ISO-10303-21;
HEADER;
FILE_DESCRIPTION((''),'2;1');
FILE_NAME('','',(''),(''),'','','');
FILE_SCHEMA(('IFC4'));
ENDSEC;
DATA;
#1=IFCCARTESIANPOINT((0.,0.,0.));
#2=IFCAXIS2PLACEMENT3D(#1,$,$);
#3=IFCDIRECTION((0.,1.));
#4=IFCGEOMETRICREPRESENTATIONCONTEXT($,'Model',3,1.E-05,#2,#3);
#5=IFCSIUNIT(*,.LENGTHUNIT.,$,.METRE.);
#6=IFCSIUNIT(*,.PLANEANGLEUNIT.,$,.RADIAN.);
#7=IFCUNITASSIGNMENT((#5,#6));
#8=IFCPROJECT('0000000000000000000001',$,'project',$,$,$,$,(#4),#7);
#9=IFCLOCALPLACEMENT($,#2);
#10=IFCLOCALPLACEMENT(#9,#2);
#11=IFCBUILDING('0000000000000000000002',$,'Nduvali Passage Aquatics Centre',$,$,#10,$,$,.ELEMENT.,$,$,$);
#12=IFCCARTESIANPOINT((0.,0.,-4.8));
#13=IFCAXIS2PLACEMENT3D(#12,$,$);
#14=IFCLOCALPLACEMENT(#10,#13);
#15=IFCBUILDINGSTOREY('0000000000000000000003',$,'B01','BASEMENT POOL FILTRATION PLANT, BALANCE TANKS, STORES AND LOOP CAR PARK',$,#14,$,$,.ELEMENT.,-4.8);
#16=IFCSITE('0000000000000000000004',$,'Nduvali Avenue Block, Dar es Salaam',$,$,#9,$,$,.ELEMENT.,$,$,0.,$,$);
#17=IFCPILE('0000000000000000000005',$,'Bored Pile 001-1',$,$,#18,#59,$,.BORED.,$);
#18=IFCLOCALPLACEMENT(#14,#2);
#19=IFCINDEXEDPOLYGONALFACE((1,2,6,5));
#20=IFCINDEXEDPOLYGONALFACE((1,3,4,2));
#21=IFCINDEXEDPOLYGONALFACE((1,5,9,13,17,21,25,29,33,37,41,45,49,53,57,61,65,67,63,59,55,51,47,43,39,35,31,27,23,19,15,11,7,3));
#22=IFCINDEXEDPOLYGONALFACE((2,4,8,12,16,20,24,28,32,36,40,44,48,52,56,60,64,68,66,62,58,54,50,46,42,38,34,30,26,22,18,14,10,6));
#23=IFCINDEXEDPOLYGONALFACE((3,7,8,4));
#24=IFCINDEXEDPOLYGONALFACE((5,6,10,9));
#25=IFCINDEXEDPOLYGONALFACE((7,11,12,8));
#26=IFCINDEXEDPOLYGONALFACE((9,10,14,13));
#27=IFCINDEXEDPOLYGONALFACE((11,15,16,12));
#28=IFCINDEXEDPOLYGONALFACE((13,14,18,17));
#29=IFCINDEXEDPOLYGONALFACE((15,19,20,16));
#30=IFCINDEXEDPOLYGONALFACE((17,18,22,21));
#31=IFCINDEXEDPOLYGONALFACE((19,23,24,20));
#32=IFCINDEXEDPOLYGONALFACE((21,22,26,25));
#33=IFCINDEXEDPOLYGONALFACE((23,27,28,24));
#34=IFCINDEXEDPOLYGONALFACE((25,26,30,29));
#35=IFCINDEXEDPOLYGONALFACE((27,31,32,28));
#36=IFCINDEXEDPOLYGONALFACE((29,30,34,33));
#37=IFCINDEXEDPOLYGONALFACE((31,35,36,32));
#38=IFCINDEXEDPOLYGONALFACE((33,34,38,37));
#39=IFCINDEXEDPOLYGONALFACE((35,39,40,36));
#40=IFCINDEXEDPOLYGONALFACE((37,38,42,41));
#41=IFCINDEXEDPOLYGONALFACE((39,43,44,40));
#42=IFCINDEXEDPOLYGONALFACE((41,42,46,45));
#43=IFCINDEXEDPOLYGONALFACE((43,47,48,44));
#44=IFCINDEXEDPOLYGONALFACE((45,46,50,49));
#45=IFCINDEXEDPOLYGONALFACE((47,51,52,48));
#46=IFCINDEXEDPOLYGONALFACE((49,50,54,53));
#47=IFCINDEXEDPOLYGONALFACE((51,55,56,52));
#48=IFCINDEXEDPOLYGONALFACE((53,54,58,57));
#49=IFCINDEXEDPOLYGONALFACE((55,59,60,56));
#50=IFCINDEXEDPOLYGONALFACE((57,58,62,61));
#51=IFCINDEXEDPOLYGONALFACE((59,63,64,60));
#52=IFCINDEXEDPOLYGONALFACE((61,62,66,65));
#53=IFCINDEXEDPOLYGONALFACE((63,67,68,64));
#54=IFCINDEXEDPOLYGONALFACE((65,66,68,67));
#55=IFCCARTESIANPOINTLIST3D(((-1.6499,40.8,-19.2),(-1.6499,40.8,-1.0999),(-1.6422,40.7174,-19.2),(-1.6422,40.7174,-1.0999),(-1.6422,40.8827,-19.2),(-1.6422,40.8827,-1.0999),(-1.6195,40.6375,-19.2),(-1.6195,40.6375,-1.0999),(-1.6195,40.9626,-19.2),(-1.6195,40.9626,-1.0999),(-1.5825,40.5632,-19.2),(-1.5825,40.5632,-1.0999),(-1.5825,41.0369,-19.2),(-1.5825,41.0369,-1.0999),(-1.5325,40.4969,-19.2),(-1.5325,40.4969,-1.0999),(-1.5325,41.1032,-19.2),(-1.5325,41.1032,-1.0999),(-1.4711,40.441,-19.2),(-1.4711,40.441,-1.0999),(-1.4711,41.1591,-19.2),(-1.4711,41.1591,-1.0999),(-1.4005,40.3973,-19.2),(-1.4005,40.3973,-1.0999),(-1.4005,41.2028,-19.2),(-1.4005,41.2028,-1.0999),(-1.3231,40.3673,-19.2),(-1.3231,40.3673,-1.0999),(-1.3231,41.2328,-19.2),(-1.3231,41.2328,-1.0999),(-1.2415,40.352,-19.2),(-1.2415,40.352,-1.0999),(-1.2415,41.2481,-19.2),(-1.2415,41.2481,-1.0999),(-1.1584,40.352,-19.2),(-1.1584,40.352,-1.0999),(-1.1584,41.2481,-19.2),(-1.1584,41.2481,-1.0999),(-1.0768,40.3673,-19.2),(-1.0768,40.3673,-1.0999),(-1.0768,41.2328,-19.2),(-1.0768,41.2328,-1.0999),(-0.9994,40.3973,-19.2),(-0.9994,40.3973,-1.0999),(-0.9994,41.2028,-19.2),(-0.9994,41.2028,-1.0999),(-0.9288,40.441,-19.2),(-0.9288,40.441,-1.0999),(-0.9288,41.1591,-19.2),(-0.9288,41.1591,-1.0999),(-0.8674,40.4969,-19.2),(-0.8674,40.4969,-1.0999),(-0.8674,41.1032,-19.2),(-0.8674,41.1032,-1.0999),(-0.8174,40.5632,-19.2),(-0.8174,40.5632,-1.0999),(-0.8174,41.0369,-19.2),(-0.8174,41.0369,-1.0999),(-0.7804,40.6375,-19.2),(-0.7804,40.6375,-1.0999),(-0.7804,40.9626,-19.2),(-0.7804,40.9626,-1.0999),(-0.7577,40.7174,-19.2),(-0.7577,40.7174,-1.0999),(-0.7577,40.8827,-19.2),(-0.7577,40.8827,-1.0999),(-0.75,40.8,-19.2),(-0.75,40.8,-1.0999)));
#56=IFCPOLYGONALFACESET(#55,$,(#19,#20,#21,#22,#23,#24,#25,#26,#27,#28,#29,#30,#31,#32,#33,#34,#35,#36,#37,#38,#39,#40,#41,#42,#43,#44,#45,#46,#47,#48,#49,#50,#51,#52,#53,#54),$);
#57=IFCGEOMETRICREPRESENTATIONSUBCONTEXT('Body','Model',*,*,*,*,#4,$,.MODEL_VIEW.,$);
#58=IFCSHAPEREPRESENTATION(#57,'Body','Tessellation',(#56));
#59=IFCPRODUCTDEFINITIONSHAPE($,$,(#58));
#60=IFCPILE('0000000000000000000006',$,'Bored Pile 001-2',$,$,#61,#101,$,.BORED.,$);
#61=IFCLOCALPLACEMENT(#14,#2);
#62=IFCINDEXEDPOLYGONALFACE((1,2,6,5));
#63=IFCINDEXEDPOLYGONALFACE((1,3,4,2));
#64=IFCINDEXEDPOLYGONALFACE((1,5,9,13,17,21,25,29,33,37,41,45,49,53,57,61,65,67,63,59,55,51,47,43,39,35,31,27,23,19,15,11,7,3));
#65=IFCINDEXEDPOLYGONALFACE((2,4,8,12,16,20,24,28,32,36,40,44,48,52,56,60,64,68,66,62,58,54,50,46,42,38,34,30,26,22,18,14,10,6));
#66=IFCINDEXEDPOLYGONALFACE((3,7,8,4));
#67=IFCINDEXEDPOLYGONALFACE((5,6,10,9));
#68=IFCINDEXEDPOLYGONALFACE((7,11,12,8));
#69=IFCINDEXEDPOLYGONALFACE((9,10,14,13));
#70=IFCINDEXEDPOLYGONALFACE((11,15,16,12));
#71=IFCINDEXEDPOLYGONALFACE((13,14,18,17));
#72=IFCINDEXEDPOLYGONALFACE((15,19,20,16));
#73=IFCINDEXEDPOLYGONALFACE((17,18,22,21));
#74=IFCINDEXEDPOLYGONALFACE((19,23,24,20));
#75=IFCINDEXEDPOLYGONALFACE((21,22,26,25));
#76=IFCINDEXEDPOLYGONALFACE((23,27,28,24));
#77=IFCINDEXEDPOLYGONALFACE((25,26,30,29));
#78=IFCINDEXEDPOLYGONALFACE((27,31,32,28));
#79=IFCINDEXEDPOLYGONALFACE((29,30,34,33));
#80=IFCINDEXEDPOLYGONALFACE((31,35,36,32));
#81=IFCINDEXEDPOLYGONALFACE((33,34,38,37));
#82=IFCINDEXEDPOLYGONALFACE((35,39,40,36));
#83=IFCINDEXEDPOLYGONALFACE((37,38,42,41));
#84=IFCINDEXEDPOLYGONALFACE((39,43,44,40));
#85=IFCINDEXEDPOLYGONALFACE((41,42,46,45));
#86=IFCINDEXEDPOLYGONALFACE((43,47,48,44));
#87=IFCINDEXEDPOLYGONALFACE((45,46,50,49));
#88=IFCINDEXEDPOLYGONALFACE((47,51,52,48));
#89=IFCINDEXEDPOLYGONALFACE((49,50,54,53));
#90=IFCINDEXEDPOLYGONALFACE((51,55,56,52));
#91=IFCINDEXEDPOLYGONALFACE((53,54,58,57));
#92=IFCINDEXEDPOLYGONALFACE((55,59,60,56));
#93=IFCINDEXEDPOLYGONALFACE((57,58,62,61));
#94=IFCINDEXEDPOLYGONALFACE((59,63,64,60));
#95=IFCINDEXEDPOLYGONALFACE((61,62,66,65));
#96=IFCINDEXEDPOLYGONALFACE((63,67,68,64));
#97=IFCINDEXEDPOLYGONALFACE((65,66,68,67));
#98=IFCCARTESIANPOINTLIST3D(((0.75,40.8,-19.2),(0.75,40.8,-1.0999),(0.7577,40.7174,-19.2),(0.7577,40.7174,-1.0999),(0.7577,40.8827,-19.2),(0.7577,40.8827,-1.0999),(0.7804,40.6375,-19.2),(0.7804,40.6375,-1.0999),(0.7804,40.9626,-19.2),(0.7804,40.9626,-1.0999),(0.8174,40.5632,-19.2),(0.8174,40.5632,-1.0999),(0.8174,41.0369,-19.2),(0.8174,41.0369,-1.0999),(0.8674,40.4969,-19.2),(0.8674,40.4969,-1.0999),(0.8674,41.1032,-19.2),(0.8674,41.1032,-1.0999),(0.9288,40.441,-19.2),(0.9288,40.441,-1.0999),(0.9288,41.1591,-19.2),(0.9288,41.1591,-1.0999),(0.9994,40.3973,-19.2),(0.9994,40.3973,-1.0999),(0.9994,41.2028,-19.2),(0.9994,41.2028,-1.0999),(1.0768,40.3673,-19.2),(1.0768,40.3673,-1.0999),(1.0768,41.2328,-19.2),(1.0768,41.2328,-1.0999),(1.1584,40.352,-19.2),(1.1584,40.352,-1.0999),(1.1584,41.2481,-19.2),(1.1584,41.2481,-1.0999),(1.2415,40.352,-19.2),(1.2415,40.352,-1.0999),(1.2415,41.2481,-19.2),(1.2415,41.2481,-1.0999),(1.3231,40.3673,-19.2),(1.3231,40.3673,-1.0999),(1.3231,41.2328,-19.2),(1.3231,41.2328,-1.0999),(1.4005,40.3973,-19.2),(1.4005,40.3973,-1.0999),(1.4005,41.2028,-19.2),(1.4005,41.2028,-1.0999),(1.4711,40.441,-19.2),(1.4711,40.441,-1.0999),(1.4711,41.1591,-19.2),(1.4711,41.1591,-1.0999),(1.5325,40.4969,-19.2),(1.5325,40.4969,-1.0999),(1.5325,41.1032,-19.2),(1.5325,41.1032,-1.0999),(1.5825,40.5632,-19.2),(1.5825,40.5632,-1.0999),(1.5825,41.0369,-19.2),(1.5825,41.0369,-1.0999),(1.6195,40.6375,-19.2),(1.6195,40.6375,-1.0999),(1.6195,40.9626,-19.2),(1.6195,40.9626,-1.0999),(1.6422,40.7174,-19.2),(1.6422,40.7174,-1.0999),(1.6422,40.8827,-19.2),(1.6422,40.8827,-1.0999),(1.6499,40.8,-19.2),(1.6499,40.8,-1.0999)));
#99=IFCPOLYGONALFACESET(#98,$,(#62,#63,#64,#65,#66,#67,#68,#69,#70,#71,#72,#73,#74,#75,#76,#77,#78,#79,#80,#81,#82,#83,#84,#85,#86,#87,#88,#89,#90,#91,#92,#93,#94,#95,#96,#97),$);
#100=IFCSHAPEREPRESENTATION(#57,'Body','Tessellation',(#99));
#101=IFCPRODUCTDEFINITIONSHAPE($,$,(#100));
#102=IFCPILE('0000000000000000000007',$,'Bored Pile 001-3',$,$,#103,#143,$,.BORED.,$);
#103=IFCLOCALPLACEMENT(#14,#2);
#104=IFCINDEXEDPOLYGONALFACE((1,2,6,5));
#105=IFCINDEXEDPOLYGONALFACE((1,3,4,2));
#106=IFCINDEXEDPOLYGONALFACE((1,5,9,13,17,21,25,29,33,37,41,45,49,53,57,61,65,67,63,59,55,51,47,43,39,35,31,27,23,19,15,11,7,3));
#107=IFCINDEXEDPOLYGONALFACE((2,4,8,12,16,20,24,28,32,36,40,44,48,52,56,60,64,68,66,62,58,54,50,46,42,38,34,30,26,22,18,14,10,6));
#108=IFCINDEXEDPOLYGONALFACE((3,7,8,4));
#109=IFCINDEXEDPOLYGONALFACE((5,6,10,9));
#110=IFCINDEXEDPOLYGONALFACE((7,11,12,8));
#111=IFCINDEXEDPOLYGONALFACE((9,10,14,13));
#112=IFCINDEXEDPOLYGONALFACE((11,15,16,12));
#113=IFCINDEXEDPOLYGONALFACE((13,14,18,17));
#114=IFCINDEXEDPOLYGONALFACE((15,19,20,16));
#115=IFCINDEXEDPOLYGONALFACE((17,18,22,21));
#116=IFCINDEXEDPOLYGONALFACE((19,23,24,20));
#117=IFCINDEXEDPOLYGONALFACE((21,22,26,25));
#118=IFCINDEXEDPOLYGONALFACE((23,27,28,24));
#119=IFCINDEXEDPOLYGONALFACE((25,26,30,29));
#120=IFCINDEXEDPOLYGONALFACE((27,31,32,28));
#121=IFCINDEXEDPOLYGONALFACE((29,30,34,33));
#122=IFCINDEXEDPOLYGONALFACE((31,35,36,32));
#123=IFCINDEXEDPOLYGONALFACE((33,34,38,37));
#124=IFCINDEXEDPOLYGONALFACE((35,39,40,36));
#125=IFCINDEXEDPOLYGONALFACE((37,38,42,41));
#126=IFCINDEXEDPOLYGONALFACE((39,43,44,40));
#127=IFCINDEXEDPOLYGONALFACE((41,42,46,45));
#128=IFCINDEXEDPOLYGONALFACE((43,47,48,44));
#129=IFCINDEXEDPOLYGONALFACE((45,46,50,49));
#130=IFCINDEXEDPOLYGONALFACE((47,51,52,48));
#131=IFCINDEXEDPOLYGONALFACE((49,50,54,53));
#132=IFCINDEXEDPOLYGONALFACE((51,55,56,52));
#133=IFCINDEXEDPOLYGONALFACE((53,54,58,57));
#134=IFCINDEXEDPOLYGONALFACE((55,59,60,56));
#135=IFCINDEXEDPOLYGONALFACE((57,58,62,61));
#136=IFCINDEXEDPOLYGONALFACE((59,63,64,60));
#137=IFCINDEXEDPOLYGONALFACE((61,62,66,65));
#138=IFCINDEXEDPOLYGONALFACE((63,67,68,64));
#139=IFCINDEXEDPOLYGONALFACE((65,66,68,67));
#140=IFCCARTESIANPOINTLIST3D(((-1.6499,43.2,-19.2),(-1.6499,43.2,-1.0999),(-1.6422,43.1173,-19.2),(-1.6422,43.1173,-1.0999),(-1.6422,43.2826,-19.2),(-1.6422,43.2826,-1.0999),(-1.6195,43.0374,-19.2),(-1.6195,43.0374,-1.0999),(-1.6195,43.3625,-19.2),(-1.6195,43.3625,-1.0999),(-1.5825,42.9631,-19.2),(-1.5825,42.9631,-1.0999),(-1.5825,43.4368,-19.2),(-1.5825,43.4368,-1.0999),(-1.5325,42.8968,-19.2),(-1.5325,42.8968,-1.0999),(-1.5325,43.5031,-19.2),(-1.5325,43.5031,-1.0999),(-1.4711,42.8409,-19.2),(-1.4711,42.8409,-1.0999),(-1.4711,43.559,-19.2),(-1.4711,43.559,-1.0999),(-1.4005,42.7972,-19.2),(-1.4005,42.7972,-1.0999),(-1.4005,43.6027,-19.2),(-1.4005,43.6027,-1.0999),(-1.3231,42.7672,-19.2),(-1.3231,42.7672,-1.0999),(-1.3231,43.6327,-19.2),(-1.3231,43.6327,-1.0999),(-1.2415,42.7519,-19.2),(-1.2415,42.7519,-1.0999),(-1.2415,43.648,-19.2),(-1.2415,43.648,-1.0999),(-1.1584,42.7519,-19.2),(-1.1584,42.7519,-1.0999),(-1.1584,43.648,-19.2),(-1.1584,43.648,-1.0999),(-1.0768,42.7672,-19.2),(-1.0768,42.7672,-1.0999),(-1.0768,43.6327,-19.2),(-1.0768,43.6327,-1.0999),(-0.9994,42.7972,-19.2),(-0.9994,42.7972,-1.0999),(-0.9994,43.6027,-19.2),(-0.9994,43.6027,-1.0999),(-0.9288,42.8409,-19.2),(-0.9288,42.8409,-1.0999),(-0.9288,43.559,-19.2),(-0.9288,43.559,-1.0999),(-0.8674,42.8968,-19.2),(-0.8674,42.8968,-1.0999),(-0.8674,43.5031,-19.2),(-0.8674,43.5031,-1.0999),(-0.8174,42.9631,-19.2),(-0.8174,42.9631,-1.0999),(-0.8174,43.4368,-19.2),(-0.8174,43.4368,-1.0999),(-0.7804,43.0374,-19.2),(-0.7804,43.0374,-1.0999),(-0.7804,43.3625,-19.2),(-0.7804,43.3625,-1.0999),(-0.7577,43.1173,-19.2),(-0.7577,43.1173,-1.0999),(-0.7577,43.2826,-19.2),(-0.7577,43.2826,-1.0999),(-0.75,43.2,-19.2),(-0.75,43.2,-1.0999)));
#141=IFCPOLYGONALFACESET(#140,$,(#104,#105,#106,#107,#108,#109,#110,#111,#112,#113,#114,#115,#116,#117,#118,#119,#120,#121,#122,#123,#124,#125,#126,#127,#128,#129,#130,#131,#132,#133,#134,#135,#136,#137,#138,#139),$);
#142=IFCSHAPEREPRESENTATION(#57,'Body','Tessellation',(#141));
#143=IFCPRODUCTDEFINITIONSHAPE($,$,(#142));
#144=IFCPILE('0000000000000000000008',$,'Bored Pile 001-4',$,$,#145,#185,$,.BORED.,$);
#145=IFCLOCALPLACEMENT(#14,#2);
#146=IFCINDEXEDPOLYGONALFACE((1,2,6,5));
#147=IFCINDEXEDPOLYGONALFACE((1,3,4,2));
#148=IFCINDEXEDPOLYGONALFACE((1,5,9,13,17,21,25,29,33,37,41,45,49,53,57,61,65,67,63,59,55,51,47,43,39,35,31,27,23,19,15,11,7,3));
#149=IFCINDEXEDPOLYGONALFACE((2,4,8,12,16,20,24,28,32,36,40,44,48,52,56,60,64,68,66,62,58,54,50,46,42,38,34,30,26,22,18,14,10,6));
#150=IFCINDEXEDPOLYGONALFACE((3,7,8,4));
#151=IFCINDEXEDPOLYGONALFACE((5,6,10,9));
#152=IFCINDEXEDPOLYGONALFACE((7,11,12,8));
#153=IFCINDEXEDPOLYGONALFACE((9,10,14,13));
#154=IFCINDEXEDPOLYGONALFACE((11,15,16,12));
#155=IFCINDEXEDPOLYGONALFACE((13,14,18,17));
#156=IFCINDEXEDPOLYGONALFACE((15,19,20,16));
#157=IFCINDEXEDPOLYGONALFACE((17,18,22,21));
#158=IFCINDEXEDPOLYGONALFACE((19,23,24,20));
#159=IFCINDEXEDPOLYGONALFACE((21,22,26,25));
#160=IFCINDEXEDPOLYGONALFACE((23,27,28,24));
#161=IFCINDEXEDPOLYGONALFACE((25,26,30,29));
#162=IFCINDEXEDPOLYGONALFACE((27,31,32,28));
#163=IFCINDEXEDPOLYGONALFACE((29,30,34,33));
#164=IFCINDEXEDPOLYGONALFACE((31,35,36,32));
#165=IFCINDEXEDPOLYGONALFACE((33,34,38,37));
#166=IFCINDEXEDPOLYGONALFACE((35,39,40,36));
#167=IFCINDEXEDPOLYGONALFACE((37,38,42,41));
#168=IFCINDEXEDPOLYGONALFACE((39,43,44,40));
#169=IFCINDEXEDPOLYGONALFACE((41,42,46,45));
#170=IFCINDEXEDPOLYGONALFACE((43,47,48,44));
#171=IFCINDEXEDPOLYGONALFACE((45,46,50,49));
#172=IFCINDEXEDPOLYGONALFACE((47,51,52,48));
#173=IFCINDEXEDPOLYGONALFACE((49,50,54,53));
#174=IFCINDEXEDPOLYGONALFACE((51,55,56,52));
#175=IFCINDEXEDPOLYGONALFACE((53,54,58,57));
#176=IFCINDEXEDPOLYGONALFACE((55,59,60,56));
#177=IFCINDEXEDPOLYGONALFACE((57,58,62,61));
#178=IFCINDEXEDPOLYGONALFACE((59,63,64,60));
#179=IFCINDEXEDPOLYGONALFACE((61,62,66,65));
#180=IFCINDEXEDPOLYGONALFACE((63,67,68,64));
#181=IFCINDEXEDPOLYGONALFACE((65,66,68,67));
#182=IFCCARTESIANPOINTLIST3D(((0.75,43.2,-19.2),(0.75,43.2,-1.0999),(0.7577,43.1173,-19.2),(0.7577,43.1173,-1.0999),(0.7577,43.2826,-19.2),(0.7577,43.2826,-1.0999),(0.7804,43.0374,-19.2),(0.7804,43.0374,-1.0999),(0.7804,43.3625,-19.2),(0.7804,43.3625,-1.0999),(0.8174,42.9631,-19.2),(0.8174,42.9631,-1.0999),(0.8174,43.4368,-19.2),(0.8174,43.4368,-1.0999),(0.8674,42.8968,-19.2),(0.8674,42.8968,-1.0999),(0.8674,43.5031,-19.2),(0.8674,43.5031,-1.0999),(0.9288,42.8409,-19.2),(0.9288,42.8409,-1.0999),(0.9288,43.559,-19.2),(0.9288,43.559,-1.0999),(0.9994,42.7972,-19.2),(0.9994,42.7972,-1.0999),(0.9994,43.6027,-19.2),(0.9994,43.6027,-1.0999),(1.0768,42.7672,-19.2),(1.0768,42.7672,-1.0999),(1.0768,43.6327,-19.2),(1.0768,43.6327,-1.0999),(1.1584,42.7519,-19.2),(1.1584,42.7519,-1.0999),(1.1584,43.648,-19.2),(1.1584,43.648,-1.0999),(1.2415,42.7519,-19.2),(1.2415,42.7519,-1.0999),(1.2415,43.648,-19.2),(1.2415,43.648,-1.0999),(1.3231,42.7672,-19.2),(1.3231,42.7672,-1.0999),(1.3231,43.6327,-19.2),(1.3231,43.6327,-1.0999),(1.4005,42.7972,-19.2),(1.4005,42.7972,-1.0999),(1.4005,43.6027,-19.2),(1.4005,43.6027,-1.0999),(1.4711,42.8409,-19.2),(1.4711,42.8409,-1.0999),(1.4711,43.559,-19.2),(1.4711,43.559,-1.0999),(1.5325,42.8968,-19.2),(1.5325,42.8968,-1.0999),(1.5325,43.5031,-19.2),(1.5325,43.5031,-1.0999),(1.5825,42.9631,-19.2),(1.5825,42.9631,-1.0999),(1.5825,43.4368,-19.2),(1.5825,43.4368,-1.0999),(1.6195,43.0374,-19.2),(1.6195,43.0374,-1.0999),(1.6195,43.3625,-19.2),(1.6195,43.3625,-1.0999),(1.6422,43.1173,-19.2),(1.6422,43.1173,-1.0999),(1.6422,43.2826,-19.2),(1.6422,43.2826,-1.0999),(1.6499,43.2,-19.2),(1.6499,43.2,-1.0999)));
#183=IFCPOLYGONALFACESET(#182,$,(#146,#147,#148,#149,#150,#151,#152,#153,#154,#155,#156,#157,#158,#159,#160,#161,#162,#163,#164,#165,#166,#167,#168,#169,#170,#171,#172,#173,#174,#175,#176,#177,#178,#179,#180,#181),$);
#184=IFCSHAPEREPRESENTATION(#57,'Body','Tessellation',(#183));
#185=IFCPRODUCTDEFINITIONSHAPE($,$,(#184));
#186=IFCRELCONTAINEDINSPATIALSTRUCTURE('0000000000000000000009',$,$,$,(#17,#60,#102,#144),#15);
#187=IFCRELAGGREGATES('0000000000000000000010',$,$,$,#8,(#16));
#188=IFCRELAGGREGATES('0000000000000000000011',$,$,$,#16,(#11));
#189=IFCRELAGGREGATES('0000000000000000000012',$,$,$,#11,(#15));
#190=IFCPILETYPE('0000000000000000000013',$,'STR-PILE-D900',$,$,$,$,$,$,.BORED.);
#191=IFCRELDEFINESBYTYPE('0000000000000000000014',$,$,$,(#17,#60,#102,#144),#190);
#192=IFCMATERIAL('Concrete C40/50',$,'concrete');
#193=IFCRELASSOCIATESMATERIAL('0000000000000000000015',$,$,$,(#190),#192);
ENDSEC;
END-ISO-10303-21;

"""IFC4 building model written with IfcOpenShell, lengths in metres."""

from ifc_helpers import new_model, si_unit, direction, frame, origin, origin_2d, place, context, subcontext, project, spatial, circle, extrude, material, material_profile, profile_set, type_object, element, save


model = new_model("IFC4")

# Units and contexts
model_context = context("Model", 3, precision=1e-05, world=origin(), true_north=direction((0.0, 1.0)))
body_context = subcontext(model_context, "Body", "Model", "MODEL_VIEW")
ifc_project = project(units=[si_unit("LENGTHUNIT", "METRE"), si_unit("PLANEANGLEUNIT", "RADIAN")], contexts=[model_context])

# Site, building, storey
site_placement = place(None, origin())
site = spatial("IfcSite", under=ifc_project, at=site_placement, Name="Nduvali Avenue Block, Dar es Salaam", CompositionType="ELEMENT", RefElevation=0.0)
building_placement = place(site_placement, origin())
building = spatial("IfcBuilding", under=site, at=building_placement, Name="Nduvali Passage Aquatics Centre", CompositionType="ELEMENT")
storey_placement = place(building_placement, frame((0.0, 0.0, -4.8)))
storey = spatial("IfcBuildingStorey", under=building, at=storey_placement, Name="B01", Description="BASEMENT POOL FILTRATION PLANT, BALANCE TANKS, STORES AND LOOP CAR PARK", CompositionType="ELEMENT", Elevation=-4.8)

# Shared definitions
ifc_material_1 = material(Name="Concrete C40/50", Category="concrete")

# Piles
ifc_material_profile_1 = material_profile(ifc_material_1, circle(Radius=0.45, at=origin_2d()), Name="PILE D900")
ifc_profile_set_1 = profile_set([ifc_material_profile_1], Name="Concrete C40/50")
pile_type_1 = type_object("IfcPileType", Name="STR-PILE-D900", PredefinedType="BORED", material=ifc_profile_set_1)
for number, where, z_axis, x_axis, name in (
    (1, (-1.2, 40.8, -1.0999), (0.0, 0.0, -1.0), (1.0, 0.0, 0.0), "Bored Pile 001-1"),
    (2, (1.2, 40.8, -1.0999), (0.0, 0.0, -1.0), (1.0, 0.0, 0.0), "Bored Pile 001-2"),
    (3, (-1.2, 43.2, -1.0999), (0.0, 0.0, -1.0), (1.0, 0.0, 0.0), "Bored Pile 001-3"),
    (4, (1.2, 43.2, -1.0999), (0.0, 0.0, -1.0), (1.0, 0.0, 0.0), "Bored Pile 001-4"),
):
    element("IfcPile", number, at=place(storey_placement, frame(where, z_axis=z_axis, x_axis=x_axis)), inside=storey, type_object=pile_type_1, Name=name, PredefinedType="BORED", context=body_context, shape_type="SweptSolid", body=[
        extrude(circle(Radius=0.45, at=origin_2d()), origin(), (0.0, 0.0, 1.0), 18.1001),
    ])

save(model, "model.ifc")
